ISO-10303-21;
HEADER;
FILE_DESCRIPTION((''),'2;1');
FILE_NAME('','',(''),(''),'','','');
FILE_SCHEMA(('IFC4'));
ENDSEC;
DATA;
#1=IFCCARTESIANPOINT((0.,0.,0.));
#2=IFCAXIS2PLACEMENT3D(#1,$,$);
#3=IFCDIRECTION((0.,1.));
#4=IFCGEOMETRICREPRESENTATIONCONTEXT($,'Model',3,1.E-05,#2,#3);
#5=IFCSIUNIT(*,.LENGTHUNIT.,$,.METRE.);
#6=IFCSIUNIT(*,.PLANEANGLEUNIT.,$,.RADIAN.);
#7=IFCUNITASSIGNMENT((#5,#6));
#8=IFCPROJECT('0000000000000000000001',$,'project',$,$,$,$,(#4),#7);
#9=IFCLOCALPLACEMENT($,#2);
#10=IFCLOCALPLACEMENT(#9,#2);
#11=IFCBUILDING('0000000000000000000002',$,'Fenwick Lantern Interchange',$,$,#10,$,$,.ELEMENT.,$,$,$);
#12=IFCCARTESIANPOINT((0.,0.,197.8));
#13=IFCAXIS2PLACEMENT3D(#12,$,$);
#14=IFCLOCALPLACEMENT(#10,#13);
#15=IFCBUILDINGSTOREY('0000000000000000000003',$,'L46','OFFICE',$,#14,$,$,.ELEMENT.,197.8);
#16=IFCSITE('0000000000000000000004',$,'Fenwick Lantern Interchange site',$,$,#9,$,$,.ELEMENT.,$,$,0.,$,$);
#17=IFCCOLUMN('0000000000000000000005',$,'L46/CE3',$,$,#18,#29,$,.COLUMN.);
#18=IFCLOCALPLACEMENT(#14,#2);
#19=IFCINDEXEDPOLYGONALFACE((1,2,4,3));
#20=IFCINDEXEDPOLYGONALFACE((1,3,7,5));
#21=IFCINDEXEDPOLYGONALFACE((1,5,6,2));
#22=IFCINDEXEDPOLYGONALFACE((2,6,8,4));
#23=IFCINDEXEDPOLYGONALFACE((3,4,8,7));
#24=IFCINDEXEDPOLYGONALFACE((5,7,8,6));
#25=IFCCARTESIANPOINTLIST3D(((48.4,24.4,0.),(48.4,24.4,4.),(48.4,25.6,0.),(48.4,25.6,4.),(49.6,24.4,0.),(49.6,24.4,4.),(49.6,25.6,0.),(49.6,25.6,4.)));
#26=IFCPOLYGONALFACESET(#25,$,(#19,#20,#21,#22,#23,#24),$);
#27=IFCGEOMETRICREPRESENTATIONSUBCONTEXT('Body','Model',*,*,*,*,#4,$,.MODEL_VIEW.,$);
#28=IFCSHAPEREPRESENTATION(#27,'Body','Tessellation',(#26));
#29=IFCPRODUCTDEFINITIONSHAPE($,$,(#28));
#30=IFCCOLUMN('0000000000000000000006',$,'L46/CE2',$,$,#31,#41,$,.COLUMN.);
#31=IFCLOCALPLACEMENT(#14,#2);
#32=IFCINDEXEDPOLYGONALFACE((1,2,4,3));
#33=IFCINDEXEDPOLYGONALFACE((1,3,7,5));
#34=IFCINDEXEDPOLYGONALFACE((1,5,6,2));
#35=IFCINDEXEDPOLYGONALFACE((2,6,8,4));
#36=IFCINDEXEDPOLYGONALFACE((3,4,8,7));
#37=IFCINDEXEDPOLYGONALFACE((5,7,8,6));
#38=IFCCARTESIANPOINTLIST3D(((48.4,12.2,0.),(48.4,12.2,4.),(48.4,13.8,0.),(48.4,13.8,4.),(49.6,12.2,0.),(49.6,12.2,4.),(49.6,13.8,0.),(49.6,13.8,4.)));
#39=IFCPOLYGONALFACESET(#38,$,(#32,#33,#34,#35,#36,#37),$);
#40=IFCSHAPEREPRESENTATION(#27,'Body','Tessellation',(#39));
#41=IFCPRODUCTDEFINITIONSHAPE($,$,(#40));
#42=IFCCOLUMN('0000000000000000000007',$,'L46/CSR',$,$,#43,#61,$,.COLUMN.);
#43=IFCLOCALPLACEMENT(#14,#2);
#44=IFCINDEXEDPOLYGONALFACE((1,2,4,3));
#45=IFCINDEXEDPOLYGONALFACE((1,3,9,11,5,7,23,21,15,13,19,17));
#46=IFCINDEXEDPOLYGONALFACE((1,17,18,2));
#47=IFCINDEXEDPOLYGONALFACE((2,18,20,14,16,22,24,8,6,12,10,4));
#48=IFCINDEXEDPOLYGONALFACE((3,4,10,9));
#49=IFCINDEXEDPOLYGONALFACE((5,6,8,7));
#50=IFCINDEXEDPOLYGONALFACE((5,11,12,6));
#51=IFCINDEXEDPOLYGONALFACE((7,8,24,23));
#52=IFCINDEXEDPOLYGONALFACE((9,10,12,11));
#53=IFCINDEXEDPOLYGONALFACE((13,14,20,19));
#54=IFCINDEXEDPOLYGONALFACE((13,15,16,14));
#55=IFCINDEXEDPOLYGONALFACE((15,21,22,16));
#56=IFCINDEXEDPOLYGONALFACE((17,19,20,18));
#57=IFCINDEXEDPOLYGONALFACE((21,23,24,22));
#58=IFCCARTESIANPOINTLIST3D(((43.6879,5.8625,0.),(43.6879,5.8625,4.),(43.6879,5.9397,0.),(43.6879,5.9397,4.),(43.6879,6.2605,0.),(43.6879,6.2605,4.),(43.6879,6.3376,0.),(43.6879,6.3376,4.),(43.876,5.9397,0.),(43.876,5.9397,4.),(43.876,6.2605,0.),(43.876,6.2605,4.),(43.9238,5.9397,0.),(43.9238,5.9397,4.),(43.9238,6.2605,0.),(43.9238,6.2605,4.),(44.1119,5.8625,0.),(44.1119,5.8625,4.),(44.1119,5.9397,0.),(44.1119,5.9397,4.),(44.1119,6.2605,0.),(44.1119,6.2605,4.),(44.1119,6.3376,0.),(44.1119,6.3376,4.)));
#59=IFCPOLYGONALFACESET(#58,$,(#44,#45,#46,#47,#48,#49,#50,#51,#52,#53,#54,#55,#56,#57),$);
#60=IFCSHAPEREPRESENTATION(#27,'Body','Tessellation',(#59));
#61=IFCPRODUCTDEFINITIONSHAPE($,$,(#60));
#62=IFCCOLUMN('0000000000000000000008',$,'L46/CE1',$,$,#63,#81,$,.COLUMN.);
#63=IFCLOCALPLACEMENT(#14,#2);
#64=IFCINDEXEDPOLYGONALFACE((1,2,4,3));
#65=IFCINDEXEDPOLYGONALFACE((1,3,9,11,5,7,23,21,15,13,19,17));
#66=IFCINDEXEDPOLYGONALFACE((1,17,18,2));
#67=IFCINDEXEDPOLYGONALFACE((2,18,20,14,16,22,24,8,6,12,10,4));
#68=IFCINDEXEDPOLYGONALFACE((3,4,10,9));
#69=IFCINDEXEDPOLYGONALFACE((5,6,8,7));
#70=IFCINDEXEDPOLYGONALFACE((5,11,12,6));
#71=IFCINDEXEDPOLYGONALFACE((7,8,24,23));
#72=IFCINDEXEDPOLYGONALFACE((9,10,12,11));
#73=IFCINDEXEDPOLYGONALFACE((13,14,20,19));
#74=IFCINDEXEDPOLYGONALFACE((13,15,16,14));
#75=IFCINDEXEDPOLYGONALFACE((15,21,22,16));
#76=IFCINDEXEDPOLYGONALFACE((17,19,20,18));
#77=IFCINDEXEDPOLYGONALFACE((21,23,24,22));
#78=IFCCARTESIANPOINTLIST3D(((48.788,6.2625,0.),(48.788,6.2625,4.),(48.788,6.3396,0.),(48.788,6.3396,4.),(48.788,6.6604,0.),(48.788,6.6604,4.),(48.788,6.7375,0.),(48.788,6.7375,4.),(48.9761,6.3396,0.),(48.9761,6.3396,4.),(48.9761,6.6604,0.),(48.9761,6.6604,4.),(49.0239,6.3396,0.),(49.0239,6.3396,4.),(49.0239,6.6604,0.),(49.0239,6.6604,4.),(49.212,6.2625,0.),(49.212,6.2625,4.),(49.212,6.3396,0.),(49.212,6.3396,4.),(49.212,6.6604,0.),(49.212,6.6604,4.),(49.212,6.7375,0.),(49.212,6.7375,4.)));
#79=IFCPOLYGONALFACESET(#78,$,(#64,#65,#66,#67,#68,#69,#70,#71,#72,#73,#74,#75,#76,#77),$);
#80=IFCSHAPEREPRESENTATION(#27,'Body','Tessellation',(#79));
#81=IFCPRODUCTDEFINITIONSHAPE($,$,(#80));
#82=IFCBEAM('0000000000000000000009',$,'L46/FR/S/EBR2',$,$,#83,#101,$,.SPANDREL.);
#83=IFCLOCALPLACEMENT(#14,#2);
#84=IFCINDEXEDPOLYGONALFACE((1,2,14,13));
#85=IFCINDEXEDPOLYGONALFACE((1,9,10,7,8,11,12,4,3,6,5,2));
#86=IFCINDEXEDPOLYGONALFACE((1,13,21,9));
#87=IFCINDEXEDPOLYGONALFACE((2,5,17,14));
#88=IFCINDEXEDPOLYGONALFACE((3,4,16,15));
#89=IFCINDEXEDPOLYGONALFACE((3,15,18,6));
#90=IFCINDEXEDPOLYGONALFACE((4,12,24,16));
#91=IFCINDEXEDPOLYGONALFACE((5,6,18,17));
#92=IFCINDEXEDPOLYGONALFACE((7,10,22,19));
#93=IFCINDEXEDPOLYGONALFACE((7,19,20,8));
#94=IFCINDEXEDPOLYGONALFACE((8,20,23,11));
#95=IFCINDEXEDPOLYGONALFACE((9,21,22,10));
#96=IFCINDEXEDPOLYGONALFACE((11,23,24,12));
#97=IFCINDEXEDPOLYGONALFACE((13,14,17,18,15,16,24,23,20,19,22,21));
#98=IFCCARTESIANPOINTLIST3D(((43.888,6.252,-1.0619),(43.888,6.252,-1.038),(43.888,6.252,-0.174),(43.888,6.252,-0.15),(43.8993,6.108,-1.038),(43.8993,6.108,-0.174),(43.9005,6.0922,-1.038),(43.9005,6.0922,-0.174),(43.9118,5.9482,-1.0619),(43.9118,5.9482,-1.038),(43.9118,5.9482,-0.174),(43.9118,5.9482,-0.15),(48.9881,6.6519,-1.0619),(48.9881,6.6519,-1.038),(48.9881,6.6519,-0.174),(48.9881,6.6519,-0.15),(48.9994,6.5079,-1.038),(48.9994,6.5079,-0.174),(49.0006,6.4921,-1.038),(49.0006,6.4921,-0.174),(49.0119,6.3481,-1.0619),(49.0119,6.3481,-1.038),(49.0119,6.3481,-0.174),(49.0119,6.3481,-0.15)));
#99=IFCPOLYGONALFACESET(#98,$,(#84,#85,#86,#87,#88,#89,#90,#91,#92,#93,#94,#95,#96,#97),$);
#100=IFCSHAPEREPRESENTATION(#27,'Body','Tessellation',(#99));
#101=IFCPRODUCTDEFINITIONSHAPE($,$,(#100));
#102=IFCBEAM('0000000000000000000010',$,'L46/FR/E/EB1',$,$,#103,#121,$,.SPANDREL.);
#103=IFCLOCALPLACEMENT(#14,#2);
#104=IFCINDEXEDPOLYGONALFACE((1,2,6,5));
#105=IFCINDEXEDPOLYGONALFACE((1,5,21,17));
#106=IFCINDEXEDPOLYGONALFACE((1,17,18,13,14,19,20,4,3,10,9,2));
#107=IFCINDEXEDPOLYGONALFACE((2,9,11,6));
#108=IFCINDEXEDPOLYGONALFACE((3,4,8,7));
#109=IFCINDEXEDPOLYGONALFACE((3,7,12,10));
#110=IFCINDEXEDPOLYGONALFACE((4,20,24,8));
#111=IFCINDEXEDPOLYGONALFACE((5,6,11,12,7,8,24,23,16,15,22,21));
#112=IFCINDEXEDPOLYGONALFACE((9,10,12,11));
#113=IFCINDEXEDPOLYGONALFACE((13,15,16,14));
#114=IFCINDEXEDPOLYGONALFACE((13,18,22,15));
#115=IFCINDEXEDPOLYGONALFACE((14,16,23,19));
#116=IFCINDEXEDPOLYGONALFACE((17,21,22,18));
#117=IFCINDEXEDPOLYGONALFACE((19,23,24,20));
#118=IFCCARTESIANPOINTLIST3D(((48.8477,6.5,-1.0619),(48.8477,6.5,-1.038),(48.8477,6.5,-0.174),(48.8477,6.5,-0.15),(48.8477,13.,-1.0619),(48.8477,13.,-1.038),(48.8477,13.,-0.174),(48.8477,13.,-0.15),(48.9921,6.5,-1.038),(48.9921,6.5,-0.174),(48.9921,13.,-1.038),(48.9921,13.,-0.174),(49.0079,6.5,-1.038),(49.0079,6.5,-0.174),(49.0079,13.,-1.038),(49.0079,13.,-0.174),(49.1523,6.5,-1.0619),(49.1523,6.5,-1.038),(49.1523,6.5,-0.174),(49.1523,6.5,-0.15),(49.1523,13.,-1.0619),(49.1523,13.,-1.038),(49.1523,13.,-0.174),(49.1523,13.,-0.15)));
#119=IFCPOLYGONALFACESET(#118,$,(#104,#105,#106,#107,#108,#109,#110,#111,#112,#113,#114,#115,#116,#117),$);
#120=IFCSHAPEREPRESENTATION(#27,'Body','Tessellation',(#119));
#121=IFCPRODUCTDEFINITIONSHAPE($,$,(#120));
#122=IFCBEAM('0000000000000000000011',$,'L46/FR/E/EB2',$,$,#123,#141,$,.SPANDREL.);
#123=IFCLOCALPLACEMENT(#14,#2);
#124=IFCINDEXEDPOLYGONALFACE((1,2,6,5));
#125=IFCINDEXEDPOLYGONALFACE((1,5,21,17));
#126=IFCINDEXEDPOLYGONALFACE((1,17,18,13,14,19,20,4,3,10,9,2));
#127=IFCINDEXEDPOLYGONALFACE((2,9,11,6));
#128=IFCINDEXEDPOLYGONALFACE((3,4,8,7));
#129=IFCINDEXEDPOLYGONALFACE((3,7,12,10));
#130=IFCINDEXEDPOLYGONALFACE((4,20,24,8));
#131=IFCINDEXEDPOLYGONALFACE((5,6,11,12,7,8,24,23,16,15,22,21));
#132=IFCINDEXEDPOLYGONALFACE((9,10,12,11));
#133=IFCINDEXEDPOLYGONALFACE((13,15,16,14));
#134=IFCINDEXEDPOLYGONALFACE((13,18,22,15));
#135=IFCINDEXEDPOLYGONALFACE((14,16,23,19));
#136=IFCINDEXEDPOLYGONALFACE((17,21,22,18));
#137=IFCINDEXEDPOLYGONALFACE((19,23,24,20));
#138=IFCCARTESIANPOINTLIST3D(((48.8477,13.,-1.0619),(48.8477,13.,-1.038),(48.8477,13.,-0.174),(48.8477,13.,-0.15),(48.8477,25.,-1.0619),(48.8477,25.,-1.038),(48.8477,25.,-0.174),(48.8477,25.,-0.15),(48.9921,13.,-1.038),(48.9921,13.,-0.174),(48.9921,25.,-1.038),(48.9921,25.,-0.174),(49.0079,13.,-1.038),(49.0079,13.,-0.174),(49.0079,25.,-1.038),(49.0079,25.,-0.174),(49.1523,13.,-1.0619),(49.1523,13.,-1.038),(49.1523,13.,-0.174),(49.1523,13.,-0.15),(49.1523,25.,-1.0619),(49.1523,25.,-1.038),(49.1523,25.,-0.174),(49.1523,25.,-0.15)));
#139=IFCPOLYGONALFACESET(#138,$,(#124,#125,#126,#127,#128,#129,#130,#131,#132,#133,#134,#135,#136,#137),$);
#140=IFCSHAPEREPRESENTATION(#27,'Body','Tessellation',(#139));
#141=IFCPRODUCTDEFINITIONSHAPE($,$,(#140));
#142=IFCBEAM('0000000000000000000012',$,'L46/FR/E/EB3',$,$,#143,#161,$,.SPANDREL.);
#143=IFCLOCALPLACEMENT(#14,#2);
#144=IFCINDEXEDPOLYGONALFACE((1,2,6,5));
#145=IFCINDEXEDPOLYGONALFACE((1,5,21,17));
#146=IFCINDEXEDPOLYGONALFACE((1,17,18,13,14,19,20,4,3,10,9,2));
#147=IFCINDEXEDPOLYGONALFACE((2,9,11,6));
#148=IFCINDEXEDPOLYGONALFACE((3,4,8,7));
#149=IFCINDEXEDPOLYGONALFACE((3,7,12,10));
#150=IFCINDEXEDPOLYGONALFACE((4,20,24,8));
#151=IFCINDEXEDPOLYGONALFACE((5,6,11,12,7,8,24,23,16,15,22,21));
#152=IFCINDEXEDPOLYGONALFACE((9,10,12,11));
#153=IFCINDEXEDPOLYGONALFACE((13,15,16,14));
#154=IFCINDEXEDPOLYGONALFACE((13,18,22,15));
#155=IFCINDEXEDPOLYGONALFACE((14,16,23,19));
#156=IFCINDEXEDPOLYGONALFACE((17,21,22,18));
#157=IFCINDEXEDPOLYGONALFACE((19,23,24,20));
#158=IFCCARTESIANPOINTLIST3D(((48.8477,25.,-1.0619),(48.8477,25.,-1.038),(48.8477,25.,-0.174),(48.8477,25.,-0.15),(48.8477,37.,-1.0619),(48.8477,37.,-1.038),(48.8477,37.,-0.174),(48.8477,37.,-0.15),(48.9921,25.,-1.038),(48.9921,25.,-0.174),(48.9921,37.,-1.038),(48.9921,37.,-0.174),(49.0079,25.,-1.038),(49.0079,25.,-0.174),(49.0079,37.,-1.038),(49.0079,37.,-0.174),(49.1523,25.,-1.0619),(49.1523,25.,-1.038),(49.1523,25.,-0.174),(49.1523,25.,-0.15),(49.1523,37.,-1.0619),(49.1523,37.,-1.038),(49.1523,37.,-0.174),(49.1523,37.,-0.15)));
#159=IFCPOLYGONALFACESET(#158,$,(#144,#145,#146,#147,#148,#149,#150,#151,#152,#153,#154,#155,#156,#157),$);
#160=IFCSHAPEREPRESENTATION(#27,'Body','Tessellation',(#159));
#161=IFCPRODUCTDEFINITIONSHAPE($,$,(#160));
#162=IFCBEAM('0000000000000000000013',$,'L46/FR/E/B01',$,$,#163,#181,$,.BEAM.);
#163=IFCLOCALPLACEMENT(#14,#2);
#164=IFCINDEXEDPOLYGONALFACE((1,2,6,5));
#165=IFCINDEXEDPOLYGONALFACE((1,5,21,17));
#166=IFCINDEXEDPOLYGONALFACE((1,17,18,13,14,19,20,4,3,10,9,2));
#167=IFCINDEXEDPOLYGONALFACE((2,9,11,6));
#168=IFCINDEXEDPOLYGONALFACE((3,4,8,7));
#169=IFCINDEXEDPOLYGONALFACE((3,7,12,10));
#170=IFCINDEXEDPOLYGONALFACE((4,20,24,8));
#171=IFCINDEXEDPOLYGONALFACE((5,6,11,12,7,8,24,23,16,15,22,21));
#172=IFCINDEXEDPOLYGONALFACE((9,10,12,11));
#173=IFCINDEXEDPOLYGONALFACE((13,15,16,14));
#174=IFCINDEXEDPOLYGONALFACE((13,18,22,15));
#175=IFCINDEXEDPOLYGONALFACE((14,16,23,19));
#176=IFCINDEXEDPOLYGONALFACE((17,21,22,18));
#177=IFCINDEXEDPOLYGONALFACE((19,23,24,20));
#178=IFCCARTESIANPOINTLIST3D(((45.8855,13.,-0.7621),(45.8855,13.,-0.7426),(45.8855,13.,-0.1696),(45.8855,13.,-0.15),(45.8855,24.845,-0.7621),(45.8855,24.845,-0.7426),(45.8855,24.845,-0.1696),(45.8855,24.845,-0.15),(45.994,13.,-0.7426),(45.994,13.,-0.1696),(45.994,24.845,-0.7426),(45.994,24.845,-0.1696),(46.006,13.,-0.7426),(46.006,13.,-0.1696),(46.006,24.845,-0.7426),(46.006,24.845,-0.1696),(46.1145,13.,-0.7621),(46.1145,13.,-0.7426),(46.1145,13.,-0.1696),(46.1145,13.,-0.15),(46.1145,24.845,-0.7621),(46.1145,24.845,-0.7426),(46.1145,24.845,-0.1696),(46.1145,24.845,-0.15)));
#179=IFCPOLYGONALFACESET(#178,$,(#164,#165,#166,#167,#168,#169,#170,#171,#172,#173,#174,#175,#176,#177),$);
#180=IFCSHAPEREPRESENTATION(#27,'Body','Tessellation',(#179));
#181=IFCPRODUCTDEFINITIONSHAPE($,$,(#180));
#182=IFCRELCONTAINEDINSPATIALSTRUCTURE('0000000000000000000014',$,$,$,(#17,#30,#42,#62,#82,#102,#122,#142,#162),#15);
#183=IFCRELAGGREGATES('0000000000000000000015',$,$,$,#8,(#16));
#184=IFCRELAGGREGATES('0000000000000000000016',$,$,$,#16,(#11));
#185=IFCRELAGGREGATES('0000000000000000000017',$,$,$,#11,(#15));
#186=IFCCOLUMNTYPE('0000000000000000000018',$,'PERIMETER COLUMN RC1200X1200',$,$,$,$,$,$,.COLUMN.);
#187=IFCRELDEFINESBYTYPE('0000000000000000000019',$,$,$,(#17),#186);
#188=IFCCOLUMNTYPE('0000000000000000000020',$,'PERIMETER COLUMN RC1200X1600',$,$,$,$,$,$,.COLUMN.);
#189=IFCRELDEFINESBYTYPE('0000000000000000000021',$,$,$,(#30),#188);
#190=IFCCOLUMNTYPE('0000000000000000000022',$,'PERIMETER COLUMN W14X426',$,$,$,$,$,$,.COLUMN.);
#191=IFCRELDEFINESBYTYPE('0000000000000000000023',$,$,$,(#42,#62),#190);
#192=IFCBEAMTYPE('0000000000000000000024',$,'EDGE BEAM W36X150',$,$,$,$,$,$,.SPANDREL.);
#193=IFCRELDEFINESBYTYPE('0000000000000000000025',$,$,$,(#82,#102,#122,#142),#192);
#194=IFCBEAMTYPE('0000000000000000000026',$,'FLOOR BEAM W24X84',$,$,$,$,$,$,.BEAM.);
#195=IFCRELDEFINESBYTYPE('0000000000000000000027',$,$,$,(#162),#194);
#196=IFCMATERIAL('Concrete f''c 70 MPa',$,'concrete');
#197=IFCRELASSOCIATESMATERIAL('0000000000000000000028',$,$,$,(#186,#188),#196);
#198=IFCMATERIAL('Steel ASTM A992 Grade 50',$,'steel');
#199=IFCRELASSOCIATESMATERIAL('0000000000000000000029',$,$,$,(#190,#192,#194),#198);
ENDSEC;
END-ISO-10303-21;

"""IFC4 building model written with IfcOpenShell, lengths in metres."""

from ifc_helpers import new_model, si_unit, direction, frame, origin, origin_2d, place, context, subcontext, project, spatial, rectangle, i_section, extrude, material, material_profile, profile_set, type_object, element, save


model = new_model("IFC4")

# Units and contexts
model_context = context("Model", 3, precision=1e-05, world=origin(), true_north=direction((0.0, 1.0)))
body_context = subcontext(model_context, "Body", "Model", "MODEL_VIEW")
ifc_project = project(units=[si_unit("LENGTHUNIT", "METRE"), si_unit("PLANEANGLEUNIT", "RADIAN")], contexts=[model_context])

# Site, building, storey
site_placement = place(None, origin())
site = spatial("IfcSite", under=ifc_project, at=site_placement, Name="Fenwick Lantern Interchange site", CompositionType="ELEMENT", RefElevation=0.0)
building_placement = place(site_placement, origin())
building = spatial("IfcBuilding", under=site, at=building_placement, Name="Fenwick Lantern Interchange", CompositionType="ELEMENT")
storey_placement = place(building_placement, frame((0.0, 0.0, 197.8)))
storey = spatial("IfcBuildingStorey", under=building, at=storey_placement, Name="L46", Description="OFFICE", CompositionType="ELEMENT", Elevation=197.8)

# Columns
ifc_material_1 = material(Name="Concrete f'c 70 MPa", Category="concrete")
ifc_material_profile_1 = material_profile(ifc_material_1, rectangle(XDim=1.2, YDim=1.2, at=origin_2d()), Name="RC1200X1200")
ifc_profile_set_1 = profile_set([ifc_material_profile_1], Name="Concrete f'c 70 MPa")
column_type_1 = type_object("IfcColumnType", Name="PERIMETER COLUMN RC1200X1200", PredefinedType="COLUMN", material=ifc_profile_set_1)
column_1_placement = place(storey_placement, frame((49.0, 25.0, 0.0), z_axis=(0.0, 0.0, 1.0), x_axis=(1.0, 0.0, 0.0)))
element("IfcColumn", 1, at=column_1_placement, inside=storey, type_object=column_type_1, Name="L46/CE3", PredefinedType="COLUMN", context=body_context, shape_type="SweptSolid", body=[
    extrude(rectangle(XDim=1.2, YDim=1.2, at=origin_2d()), origin(), (0.0, 0.0, 1.0), 4.0),
])
ifc_material_profile_2 = material_profile(ifc_material_1, rectangle(XDim=1.2, YDim=1.6001, at=origin_2d()), Name="RC1200X1600")
ifc_profile_set_2 = profile_set([ifc_material_profile_2], Name="Concrete f'c 70 MPa")
column_type_2 = type_object("IfcColumnType", Name="PERIMETER COLUMN RC1200X1600", PredefinedType="COLUMN", material=ifc_profile_set_2)
column_2_placement = place(storey_placement, frame((49.0, 13.0, 0.0), z_axis=(0.0, 0.0, 1.0), x_axis=(1.0, 0.0, 0.0)))
element("IfcColumn", 2, at=column_2_placement, inside=storey, type_object=column_type_2, Name="L46/CE2", PredefinedType="COLUMN", context=body_context, shape_type="SweptSolid", body=[
    extrude(rectangle(XDim=1.2, YDim=1.6001, at=origin_2d()), origin(), (0.0, 0.0, 1.0), 4.0),
])
ifc_material_2 = material(Name="Steel ASTM A992 Grade 50", Category="steel")
ifc_material_profile_3 = material_profile(ifc_material_2, i_section(OverallWidth=0.4241, OverallDepth=0.4751, WebThickness=0.0479, FlangeThickness=0.0771, at=origin_2d()), Name="W14X426")
ifc_profile_set_3 = profile_set([ifc_material_profile_3], Name="Steel ASTM A992 Grade 50")
column_type_3 = type_object("IfcColumnType", Name="PERIMETER COLUMN W14X426", PredefinedType="COLUMN", material=ifc_profile_set_3)
for number, where, z_axis, x_axis, name in (
    (3, (43.8999, 6.1001, 0.0), (0.0, 0.0, 1.0), (1.0, 0.0, 0.0), "L46/CSR"),
    (4, (49.0, 6.5, 0.0), (0.0, 0.0, 1.0), (1.0, 0.0, 0.0), "L46/CE1"),
):
    element("IfcColumn", number, at=place(storey_placement, frame(where, z_axis=z_axis, x_axis=x_axis)), inside=storey, type_object=column_type_3, Name=name, PredefinedType="COLUMN", context=body_context, shape_type="SweptSolid", body=[
        extrude(i_section(OverallWidth=0.4241, OverallDepth=0.4751, WebThickness=0.0479, FlangeThickness=0.0771, at=origin_2d()), origin(), (0.0, 0.0, 1.0), 4.0),
    ])

# Beams
ifc_material_profile_4 = material_profile(ifc_material_2, i_section(OverallWidth=0.3047, OverallDepth=0.9119, WebThickness=0.0159, FlangeThickness=0.0239, at=origin_2d()), Name="W36X150")
ifc_profile_set_4 = profile_set([ifc_material_profile_4], Name="Steel ASTM A992 Grade 50")
beam_type_1 = type_object("IfcBeamType", Name="EDGE BEAM W36X150", PredefinedType="SPANDREL", material=ifc_profile_set_4)
beam_1_placement = place(storey_placement, frame((43.8999, 6.1001, -0.606), z_axis=(0.99694, 0.078171, 0.0), x_axis=(-0.078171, 0.99694, 0.0)))
element("IfcBeam", 5, at=beam_1_placement, inside=storey, type_object=beam_type_1, Name="L46/FR/S/EBR2", PredefinedType="SPANDREL", context=body_context, shape_type="SweptSolid", body=[
    extrude(i_section(OverallWidth=0.3047, OverallDepth=0.9119, WebThickness=0.0159, FlangeThickness=0.0239, at=origin_2d()), origin(), (0.0, 0.0, 1.0), 5.1157),
])
beam_2_placement = place(storey_placement, frame((49.0, 6.5, -0.606), z_axis=(0.0, 1.0, 0.0), x_axis=(-1.0, 0.0, 0.0)))
element("IfcBeam", 6, at=beam_2_placement, inside=storey, type_object=beam_type_1, Name="L46/FR/E/EB1", PredefinedType="SPANDREL", context=body_context, shape_type="SweptSolid", body=[
    extrude(i_section(OverallWidth=0.3047, OverallDepth=0.9119, WebThickness=0.0159, FlangeThickness=0.0239, at=origin_2d()), origin(), (0.0, 0.0, 1.0), 6.5),
])
for number, where, z_axis, x_axis, name in (
    (7, (49.0, 13.0, -0.606), (0.0, 1.0, 0.0), (-1.0, 0.0, 0.0), "L46/FR/E/EB2"),
    (8, (49.0, 25.0, -0.606), (0.0, 1.0, 0.0), (-1.0, 0.0, 0.0), "L46/FR/E/EB3"),
):
    element("IfcBeam", number, at=place(storey_placement, frame(where, z_axis=z_axis, x_axis=x_axis)), inside=storey, type_object=beam_type_1, Name=name, PredefinedType="SPANDREL", context=body_context, shape_type="SweptSolid", body=[
        extrude(i_section(OverallWidth=0.3047, OverallDepth=0.9119, WebThickness=0.0159, FlangeThickness=0.0239, at=origin_2d()), origin(), (0.0, 0.0, 1.0), 12.0),
    ])
ifc_material_profile_5 = material_profile(ifc_material_2, i_section(OverallWidth=0.229, OverallDepth=0.6121, WebThickness=0.012, FlangeThickness=0.0195, at=origin_2d()), Name="W24X84")
ifc_profile_set_5 = profile_set([ifc_material_profile_5], Name="Steel ASTM A992 Grade 50")
beam_type_2 = type_object("IfcBeamType", Name="FLOOR BEAM W24X84", PredefinedType="BEAM", material=ifc_profile_set_5)
for number, where, z_axis, x_axis, name in (
    (9, (46.0, 13.0, -0.4561), (0.0, 1.0, 0.0), (-1.0, 0.0, 0.0), "L46/FR/E/B01"),
):
    element("IfcBeam", number, at=place(storey_placement, frame(where, z_axis=z_axis, x_axis=x_axis)), inside=storey, type_object=beam_type_2, Name=name, PredefinedType="BEAM", context=body_context, shape_type="SweptSolid", body=[
        extrude(i_section(OverallWidth=0.229, OverallDepth=0.6121, WebThickness=0.012, FlangeThickness=0.0195, at=origin_2d()), origin(), (0.0, 0.0, 1.0), 11.845),
    ])

save(model, "model.ifc")
